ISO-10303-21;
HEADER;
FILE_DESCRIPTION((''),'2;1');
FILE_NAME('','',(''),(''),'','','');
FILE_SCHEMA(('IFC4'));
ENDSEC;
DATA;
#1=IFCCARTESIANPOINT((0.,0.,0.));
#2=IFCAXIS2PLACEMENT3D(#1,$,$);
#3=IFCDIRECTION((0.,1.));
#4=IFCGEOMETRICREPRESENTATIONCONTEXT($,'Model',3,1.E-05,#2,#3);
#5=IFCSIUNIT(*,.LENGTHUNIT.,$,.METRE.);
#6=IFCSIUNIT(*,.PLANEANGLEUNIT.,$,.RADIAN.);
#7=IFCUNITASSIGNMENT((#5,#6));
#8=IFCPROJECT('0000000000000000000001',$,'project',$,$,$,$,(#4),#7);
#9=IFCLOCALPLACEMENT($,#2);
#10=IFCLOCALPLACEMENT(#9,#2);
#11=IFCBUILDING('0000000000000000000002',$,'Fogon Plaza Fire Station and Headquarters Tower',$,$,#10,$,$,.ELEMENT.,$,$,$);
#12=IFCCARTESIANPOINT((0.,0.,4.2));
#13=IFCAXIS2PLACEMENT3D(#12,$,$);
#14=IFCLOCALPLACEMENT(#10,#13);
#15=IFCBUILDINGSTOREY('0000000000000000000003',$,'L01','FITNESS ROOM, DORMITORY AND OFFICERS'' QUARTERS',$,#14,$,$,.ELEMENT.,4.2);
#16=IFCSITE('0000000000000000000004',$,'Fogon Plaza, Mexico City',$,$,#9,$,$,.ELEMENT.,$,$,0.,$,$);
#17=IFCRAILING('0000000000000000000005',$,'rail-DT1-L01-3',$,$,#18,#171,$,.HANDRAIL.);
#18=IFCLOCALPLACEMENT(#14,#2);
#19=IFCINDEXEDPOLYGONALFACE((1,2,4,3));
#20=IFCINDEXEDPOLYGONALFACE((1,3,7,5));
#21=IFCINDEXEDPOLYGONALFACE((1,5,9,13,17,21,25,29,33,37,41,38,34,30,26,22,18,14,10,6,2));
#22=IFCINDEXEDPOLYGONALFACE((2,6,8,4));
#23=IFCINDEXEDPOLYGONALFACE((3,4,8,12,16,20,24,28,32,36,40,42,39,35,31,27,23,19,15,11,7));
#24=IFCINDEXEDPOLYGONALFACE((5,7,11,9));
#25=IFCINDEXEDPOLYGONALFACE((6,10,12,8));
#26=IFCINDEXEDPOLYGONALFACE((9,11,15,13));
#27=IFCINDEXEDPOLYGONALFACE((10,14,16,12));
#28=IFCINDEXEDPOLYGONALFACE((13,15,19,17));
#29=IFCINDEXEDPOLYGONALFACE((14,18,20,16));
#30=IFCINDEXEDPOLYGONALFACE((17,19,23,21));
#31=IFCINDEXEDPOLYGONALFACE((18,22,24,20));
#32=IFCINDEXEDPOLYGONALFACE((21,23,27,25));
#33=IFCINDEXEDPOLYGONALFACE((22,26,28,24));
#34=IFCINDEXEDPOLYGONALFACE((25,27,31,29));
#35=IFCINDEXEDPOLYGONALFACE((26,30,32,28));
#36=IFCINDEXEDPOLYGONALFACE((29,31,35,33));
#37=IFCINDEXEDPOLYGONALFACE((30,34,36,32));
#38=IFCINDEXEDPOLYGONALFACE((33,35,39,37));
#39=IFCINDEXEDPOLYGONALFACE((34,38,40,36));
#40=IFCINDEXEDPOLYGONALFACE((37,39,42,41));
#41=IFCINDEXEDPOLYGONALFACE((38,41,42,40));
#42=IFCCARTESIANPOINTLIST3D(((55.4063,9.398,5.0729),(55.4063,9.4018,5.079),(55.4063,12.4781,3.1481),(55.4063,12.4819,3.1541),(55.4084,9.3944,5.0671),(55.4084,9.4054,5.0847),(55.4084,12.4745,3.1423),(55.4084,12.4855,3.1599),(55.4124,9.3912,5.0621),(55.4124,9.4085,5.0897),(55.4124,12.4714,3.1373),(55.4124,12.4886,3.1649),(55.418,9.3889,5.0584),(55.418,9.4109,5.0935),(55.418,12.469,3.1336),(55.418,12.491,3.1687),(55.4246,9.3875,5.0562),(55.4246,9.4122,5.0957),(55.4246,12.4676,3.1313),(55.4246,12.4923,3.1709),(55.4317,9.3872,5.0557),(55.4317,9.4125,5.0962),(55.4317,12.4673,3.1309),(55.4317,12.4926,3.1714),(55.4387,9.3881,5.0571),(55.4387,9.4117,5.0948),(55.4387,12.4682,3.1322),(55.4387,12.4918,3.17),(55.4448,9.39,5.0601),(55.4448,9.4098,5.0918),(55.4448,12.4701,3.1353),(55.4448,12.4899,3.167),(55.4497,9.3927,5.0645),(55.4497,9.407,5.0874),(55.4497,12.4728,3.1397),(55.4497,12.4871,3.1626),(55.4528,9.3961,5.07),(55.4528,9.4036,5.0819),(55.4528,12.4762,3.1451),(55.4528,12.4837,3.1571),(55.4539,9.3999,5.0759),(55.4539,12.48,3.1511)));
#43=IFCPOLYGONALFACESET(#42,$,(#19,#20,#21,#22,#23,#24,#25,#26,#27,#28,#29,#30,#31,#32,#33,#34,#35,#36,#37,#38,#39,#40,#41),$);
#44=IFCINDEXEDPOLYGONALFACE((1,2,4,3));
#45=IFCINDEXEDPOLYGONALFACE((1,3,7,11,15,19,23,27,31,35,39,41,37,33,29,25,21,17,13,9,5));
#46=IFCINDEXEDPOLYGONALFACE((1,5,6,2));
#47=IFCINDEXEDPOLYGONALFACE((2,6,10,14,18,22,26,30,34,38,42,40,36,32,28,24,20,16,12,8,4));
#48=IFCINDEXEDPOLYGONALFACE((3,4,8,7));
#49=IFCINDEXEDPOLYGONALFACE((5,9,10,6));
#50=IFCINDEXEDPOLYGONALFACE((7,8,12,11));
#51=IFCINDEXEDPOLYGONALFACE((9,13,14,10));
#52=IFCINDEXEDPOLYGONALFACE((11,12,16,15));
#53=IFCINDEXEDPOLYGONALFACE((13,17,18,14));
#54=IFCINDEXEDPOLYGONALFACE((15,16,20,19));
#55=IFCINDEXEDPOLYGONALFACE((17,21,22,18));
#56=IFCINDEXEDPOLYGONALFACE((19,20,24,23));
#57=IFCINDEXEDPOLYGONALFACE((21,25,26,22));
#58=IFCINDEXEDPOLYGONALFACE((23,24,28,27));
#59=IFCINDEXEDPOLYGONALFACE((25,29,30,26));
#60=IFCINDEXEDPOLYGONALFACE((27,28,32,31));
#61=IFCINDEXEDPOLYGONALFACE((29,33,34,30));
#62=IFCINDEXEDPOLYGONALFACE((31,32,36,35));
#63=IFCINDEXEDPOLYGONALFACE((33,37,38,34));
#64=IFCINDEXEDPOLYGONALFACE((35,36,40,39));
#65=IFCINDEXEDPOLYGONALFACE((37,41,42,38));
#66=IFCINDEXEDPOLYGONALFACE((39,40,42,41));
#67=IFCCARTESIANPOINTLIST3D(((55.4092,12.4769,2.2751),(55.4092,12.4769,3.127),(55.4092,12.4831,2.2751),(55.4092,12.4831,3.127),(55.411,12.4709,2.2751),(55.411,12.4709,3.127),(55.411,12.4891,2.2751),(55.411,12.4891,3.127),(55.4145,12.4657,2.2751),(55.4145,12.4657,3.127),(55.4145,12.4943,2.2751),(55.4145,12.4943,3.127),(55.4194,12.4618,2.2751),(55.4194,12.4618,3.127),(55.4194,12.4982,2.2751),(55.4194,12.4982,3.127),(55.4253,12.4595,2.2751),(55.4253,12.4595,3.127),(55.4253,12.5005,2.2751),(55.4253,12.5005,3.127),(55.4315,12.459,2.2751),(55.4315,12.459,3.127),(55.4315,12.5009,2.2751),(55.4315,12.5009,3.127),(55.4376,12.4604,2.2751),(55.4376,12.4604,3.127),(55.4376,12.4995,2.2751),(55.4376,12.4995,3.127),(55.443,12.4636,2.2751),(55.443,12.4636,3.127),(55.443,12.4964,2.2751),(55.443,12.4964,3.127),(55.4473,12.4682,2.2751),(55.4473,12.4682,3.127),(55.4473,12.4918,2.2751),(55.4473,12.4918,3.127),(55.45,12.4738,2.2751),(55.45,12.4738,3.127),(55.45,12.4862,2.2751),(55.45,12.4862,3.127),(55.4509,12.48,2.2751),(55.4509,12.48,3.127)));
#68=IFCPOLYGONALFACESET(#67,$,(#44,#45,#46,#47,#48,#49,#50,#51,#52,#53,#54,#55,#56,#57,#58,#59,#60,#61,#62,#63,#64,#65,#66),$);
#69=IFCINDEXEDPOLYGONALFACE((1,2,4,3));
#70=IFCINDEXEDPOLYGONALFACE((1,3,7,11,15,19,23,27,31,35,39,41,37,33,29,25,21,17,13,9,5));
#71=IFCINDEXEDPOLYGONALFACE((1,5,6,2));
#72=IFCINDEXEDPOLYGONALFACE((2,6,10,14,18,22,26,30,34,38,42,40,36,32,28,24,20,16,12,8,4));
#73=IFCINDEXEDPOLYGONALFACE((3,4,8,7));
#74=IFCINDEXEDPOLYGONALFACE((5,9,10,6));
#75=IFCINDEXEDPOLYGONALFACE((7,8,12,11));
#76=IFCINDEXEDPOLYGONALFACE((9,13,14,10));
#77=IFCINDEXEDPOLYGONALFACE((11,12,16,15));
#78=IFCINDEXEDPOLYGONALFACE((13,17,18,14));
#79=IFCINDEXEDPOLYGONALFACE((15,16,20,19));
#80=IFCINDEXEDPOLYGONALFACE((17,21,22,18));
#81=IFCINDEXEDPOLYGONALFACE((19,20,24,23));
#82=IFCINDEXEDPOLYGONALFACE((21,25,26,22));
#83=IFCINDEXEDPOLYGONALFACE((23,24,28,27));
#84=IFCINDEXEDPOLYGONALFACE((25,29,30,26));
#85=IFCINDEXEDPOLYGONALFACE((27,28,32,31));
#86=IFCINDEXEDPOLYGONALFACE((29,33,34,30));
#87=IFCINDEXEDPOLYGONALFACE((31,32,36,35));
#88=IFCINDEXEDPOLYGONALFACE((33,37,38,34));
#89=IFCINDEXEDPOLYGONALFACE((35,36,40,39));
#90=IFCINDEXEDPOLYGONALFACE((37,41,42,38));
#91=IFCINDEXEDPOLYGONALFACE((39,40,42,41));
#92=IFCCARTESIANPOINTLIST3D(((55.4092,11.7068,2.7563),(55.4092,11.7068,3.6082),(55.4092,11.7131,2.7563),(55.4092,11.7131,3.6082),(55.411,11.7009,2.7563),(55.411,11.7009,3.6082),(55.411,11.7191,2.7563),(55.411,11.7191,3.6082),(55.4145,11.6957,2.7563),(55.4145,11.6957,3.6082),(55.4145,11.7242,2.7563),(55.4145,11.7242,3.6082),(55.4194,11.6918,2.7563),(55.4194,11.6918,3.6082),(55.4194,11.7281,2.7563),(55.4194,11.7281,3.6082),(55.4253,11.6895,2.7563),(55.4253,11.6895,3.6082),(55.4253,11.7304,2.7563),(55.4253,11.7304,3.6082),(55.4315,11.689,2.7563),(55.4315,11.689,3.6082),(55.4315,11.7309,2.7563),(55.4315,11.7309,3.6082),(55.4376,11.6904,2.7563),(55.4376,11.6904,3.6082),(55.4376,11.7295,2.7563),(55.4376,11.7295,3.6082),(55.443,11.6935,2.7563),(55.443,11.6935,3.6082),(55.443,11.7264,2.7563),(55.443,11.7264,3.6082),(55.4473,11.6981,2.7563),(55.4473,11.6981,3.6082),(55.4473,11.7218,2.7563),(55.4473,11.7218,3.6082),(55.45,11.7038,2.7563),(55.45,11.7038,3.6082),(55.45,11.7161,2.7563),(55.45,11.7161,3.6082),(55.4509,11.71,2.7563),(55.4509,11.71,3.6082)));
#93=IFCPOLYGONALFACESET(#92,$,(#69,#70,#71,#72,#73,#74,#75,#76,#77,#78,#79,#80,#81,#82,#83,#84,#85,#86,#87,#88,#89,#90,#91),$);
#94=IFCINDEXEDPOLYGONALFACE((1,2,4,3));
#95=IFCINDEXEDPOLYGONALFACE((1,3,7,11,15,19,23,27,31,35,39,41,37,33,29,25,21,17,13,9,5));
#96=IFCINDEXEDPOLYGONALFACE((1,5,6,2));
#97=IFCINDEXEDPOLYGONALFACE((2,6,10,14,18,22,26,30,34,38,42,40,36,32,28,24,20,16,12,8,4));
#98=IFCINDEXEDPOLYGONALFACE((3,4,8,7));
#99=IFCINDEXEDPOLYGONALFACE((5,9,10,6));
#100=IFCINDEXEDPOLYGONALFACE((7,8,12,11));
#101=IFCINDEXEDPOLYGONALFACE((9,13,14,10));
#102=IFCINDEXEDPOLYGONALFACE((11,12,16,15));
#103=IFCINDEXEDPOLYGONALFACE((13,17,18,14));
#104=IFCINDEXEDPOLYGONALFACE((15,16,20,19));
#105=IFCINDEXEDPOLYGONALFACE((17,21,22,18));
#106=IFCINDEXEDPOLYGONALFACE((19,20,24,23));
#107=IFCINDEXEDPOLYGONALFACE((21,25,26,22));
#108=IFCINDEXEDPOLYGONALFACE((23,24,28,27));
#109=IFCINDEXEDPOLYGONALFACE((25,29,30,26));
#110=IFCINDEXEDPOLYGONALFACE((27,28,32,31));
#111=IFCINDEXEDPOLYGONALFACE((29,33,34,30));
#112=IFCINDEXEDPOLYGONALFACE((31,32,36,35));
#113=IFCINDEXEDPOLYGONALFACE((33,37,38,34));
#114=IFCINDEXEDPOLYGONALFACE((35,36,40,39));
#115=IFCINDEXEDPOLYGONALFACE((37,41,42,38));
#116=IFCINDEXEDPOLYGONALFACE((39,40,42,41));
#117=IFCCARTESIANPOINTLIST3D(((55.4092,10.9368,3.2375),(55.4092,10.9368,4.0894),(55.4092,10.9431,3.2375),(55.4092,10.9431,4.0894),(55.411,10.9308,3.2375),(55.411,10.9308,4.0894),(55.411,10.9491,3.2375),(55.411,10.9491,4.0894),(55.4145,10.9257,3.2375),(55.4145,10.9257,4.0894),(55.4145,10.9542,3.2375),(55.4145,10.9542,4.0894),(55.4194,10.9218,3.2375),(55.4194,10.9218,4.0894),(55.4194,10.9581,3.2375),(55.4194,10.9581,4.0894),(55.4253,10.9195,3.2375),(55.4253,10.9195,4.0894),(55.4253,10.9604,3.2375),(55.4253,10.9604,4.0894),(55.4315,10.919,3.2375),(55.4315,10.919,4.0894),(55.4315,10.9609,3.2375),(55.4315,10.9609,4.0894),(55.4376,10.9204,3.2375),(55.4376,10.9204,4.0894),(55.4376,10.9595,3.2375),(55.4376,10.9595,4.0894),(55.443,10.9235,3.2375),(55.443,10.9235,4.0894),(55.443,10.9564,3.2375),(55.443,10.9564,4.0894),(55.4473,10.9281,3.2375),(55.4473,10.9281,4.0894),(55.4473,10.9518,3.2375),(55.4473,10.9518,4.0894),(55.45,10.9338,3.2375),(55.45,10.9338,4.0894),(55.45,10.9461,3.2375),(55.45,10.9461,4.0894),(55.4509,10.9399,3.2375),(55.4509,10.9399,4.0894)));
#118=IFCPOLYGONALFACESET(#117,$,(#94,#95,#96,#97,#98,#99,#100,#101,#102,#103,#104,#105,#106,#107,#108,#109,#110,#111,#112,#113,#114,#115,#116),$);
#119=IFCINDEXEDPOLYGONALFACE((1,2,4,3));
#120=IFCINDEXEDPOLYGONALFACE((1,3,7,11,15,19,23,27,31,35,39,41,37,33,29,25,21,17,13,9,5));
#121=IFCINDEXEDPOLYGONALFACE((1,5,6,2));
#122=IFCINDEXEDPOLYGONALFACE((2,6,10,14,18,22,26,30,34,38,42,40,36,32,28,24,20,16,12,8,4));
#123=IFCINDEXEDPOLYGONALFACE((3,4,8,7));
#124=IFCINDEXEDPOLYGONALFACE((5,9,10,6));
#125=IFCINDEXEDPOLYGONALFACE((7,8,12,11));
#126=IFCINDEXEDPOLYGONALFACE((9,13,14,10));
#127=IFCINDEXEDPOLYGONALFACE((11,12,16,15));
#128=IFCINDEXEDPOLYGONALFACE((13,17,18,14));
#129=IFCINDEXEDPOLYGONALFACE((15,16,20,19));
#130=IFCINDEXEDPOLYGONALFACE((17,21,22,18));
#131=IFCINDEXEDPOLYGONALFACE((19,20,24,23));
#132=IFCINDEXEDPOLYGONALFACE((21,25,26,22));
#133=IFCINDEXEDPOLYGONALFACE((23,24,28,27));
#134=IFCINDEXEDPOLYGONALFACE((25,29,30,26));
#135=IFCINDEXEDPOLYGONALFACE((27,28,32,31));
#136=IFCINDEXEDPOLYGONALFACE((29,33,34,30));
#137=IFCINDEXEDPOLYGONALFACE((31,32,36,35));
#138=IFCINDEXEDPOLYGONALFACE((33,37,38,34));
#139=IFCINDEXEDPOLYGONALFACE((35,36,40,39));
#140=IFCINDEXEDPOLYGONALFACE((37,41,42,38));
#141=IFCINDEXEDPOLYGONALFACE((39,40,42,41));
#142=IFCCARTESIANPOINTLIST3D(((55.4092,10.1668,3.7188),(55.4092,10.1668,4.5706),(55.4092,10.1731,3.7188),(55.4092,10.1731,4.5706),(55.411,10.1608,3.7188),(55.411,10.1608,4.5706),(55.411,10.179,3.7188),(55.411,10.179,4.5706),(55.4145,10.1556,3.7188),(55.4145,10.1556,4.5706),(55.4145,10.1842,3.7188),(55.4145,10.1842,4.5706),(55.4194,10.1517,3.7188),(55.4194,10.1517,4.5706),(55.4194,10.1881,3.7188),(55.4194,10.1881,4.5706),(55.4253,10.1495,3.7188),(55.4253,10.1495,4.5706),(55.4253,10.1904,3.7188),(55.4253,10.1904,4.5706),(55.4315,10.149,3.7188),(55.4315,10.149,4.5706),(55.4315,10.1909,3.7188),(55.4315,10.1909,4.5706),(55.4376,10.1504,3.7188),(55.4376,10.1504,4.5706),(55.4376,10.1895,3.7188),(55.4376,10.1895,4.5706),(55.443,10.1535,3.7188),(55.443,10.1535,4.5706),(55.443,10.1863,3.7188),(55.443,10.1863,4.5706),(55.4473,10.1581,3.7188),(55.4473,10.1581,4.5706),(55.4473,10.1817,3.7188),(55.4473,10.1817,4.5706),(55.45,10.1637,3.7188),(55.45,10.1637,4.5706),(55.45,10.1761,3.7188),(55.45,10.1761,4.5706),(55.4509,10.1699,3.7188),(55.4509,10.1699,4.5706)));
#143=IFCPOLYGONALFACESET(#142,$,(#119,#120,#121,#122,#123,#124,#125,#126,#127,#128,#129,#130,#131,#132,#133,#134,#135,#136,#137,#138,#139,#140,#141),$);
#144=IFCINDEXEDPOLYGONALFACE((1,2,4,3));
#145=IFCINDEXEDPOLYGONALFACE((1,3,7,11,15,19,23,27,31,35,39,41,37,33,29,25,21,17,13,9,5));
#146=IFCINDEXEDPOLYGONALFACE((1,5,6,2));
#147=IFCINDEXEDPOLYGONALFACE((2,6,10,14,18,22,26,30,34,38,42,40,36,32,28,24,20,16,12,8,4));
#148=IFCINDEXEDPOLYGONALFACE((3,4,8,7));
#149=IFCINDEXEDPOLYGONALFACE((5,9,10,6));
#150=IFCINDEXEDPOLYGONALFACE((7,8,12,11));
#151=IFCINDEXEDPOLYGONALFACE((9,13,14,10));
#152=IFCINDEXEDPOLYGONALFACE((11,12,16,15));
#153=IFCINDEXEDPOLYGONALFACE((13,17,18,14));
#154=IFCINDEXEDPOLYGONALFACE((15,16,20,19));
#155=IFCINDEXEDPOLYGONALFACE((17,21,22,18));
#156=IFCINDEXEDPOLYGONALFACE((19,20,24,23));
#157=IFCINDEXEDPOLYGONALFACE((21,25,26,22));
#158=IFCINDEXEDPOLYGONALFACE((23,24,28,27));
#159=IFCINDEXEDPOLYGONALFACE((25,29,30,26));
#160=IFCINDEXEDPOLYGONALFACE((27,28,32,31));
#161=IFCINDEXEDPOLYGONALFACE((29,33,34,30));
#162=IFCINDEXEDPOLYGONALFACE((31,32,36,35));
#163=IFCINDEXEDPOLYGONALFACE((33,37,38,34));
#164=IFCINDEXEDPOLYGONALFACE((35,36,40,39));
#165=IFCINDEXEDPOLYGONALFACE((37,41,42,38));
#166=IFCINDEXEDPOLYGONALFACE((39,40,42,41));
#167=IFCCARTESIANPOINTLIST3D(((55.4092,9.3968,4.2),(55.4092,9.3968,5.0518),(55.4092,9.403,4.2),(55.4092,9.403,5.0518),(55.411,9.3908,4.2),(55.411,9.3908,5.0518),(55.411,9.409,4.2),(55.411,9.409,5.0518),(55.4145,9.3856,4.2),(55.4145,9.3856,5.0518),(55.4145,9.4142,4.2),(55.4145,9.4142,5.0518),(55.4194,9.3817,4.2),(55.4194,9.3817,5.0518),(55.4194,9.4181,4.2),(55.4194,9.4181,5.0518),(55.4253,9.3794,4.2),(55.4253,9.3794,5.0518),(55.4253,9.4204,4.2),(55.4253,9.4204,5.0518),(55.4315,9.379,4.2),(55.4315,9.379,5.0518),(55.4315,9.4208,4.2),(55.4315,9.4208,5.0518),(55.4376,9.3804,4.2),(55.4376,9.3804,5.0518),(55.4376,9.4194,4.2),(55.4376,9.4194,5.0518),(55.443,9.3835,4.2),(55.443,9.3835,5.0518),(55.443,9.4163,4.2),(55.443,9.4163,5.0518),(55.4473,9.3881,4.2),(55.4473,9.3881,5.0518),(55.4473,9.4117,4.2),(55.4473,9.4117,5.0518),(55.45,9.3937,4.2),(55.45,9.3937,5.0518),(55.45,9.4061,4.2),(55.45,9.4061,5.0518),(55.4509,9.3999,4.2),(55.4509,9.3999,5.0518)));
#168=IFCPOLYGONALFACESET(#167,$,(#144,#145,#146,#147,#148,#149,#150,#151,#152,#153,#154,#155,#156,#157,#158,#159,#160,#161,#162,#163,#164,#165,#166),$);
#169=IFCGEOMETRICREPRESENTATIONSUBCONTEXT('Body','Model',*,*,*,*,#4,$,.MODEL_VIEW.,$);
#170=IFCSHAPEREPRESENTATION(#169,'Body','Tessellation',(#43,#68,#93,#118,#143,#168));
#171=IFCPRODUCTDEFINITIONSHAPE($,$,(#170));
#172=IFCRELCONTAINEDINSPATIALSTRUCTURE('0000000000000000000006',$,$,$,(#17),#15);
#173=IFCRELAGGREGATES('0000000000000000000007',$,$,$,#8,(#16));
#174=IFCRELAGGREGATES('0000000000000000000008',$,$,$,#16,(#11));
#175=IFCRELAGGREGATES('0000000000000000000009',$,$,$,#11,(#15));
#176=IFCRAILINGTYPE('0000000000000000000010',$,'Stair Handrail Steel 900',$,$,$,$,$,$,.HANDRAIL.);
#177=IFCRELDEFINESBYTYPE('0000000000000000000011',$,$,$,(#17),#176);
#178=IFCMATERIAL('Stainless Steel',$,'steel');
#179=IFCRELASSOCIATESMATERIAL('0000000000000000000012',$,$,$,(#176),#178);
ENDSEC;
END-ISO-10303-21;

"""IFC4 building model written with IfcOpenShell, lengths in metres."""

from ifc_helpers import new_model, si_unit, direction, frame, origin, origin_2d, place, context, subcontext, project, spatial, circle, extrude, material, type_object, element, save


model = new_model("IFC4")

# Units and contexts
model_context = context("Model", 3, precision=1e-05, world=origin(), true_north=direction((0.0, 1.0)))
body_context = subcontext(model_context, "Body", "Model", "MODEL_VIEW")
ifc_project = project(units=[si_unit("LENGTHUNIT", "METRE"), si_unit("PLANEANGLEUNIT", "RADIAN")], contexts=[model_context])

# Site, building, storey
site_placement = place(None, origin())
site = spatial("IfcSite", under=ifc_project, at=site_placement, Name="Fogon Plaza, Mexico City", CompositionType="ELEMENT", RefElevation=0.0)
building_placement = place(site_placement, origin())
building = spatial("IfcBuilding", under=site, at=building_placement, Name="Fogon Plaza Fire Station and Headquarters Tower", CompositionType="ELEMENT")
storey_placement = place(building_placement, frame((0.0, 0.0, 4.2)))
storey = spatial("IfcBuildingStorey", under=building, at=storey_placement, Name="L01", Description="FITNESS ROOM, DORMITORY AND OFFICERS' QUARTERS", CompositionType="ELEMENT", Elevation=4.2)

# Railing
ifc_material_1 = material(Name="Stainless Steel", Category="steel")
railing_type_1 = type_object("IfcRailingType", Name="Stair Handrail Steel 900", PredefinedType="HANDRAIL", material=ifc_material_1)
railing_1_placement = place(storey_placement, frame((55.4299, 12.48, 2.2751)))
element("IfcRailing", 1, at=railing_1_placement, inside=storey, type_object=railing_type_1, Name="rail-DT1-L01-3", PredefinedType="HANDRAIL", context=body_context, shape_type="SweptSolid", body=[
    extrude(circle(Radius=0.0239, at=origin_2d()), frame((0.0, 0.0, 0.876), z_axis=(0.0, -0.848029, 0.529951), x_axis=(1.0, 0.0, 0.0)), (0.0, 0.0, 1.0), 3.6321),
    extrude(circle(Radius=0.021, at=origin_2d()), origin(), (0.0, 0.0, 1.0), 0.8518),
    extrude(circle(Radius=0.021, at=origin_2d()), frame((0.0, -0.77, 0.4812)), (0.0, 0.0, 1.0), 0.8518),
    extrude(circle(Radius=0.021, at=origin_2d()), frame((0.0, -1.54, 0.9624)), (0.0, 0.0, 1.0), 0.8518),
    extrude(circle(Radius=0.021, at=origin_2d()), frame((0.0, -2.3101, 1.4436)), (0.0, 0.0, 1.0), 0.8518),
    extrude(circle(Radius=0.021, at=origin_2d()), frame((0.0, -3.0801, 1.9248)), (0.0, 0.0, 1.0), 0.8518),
])

save(model, "model.ifc")
